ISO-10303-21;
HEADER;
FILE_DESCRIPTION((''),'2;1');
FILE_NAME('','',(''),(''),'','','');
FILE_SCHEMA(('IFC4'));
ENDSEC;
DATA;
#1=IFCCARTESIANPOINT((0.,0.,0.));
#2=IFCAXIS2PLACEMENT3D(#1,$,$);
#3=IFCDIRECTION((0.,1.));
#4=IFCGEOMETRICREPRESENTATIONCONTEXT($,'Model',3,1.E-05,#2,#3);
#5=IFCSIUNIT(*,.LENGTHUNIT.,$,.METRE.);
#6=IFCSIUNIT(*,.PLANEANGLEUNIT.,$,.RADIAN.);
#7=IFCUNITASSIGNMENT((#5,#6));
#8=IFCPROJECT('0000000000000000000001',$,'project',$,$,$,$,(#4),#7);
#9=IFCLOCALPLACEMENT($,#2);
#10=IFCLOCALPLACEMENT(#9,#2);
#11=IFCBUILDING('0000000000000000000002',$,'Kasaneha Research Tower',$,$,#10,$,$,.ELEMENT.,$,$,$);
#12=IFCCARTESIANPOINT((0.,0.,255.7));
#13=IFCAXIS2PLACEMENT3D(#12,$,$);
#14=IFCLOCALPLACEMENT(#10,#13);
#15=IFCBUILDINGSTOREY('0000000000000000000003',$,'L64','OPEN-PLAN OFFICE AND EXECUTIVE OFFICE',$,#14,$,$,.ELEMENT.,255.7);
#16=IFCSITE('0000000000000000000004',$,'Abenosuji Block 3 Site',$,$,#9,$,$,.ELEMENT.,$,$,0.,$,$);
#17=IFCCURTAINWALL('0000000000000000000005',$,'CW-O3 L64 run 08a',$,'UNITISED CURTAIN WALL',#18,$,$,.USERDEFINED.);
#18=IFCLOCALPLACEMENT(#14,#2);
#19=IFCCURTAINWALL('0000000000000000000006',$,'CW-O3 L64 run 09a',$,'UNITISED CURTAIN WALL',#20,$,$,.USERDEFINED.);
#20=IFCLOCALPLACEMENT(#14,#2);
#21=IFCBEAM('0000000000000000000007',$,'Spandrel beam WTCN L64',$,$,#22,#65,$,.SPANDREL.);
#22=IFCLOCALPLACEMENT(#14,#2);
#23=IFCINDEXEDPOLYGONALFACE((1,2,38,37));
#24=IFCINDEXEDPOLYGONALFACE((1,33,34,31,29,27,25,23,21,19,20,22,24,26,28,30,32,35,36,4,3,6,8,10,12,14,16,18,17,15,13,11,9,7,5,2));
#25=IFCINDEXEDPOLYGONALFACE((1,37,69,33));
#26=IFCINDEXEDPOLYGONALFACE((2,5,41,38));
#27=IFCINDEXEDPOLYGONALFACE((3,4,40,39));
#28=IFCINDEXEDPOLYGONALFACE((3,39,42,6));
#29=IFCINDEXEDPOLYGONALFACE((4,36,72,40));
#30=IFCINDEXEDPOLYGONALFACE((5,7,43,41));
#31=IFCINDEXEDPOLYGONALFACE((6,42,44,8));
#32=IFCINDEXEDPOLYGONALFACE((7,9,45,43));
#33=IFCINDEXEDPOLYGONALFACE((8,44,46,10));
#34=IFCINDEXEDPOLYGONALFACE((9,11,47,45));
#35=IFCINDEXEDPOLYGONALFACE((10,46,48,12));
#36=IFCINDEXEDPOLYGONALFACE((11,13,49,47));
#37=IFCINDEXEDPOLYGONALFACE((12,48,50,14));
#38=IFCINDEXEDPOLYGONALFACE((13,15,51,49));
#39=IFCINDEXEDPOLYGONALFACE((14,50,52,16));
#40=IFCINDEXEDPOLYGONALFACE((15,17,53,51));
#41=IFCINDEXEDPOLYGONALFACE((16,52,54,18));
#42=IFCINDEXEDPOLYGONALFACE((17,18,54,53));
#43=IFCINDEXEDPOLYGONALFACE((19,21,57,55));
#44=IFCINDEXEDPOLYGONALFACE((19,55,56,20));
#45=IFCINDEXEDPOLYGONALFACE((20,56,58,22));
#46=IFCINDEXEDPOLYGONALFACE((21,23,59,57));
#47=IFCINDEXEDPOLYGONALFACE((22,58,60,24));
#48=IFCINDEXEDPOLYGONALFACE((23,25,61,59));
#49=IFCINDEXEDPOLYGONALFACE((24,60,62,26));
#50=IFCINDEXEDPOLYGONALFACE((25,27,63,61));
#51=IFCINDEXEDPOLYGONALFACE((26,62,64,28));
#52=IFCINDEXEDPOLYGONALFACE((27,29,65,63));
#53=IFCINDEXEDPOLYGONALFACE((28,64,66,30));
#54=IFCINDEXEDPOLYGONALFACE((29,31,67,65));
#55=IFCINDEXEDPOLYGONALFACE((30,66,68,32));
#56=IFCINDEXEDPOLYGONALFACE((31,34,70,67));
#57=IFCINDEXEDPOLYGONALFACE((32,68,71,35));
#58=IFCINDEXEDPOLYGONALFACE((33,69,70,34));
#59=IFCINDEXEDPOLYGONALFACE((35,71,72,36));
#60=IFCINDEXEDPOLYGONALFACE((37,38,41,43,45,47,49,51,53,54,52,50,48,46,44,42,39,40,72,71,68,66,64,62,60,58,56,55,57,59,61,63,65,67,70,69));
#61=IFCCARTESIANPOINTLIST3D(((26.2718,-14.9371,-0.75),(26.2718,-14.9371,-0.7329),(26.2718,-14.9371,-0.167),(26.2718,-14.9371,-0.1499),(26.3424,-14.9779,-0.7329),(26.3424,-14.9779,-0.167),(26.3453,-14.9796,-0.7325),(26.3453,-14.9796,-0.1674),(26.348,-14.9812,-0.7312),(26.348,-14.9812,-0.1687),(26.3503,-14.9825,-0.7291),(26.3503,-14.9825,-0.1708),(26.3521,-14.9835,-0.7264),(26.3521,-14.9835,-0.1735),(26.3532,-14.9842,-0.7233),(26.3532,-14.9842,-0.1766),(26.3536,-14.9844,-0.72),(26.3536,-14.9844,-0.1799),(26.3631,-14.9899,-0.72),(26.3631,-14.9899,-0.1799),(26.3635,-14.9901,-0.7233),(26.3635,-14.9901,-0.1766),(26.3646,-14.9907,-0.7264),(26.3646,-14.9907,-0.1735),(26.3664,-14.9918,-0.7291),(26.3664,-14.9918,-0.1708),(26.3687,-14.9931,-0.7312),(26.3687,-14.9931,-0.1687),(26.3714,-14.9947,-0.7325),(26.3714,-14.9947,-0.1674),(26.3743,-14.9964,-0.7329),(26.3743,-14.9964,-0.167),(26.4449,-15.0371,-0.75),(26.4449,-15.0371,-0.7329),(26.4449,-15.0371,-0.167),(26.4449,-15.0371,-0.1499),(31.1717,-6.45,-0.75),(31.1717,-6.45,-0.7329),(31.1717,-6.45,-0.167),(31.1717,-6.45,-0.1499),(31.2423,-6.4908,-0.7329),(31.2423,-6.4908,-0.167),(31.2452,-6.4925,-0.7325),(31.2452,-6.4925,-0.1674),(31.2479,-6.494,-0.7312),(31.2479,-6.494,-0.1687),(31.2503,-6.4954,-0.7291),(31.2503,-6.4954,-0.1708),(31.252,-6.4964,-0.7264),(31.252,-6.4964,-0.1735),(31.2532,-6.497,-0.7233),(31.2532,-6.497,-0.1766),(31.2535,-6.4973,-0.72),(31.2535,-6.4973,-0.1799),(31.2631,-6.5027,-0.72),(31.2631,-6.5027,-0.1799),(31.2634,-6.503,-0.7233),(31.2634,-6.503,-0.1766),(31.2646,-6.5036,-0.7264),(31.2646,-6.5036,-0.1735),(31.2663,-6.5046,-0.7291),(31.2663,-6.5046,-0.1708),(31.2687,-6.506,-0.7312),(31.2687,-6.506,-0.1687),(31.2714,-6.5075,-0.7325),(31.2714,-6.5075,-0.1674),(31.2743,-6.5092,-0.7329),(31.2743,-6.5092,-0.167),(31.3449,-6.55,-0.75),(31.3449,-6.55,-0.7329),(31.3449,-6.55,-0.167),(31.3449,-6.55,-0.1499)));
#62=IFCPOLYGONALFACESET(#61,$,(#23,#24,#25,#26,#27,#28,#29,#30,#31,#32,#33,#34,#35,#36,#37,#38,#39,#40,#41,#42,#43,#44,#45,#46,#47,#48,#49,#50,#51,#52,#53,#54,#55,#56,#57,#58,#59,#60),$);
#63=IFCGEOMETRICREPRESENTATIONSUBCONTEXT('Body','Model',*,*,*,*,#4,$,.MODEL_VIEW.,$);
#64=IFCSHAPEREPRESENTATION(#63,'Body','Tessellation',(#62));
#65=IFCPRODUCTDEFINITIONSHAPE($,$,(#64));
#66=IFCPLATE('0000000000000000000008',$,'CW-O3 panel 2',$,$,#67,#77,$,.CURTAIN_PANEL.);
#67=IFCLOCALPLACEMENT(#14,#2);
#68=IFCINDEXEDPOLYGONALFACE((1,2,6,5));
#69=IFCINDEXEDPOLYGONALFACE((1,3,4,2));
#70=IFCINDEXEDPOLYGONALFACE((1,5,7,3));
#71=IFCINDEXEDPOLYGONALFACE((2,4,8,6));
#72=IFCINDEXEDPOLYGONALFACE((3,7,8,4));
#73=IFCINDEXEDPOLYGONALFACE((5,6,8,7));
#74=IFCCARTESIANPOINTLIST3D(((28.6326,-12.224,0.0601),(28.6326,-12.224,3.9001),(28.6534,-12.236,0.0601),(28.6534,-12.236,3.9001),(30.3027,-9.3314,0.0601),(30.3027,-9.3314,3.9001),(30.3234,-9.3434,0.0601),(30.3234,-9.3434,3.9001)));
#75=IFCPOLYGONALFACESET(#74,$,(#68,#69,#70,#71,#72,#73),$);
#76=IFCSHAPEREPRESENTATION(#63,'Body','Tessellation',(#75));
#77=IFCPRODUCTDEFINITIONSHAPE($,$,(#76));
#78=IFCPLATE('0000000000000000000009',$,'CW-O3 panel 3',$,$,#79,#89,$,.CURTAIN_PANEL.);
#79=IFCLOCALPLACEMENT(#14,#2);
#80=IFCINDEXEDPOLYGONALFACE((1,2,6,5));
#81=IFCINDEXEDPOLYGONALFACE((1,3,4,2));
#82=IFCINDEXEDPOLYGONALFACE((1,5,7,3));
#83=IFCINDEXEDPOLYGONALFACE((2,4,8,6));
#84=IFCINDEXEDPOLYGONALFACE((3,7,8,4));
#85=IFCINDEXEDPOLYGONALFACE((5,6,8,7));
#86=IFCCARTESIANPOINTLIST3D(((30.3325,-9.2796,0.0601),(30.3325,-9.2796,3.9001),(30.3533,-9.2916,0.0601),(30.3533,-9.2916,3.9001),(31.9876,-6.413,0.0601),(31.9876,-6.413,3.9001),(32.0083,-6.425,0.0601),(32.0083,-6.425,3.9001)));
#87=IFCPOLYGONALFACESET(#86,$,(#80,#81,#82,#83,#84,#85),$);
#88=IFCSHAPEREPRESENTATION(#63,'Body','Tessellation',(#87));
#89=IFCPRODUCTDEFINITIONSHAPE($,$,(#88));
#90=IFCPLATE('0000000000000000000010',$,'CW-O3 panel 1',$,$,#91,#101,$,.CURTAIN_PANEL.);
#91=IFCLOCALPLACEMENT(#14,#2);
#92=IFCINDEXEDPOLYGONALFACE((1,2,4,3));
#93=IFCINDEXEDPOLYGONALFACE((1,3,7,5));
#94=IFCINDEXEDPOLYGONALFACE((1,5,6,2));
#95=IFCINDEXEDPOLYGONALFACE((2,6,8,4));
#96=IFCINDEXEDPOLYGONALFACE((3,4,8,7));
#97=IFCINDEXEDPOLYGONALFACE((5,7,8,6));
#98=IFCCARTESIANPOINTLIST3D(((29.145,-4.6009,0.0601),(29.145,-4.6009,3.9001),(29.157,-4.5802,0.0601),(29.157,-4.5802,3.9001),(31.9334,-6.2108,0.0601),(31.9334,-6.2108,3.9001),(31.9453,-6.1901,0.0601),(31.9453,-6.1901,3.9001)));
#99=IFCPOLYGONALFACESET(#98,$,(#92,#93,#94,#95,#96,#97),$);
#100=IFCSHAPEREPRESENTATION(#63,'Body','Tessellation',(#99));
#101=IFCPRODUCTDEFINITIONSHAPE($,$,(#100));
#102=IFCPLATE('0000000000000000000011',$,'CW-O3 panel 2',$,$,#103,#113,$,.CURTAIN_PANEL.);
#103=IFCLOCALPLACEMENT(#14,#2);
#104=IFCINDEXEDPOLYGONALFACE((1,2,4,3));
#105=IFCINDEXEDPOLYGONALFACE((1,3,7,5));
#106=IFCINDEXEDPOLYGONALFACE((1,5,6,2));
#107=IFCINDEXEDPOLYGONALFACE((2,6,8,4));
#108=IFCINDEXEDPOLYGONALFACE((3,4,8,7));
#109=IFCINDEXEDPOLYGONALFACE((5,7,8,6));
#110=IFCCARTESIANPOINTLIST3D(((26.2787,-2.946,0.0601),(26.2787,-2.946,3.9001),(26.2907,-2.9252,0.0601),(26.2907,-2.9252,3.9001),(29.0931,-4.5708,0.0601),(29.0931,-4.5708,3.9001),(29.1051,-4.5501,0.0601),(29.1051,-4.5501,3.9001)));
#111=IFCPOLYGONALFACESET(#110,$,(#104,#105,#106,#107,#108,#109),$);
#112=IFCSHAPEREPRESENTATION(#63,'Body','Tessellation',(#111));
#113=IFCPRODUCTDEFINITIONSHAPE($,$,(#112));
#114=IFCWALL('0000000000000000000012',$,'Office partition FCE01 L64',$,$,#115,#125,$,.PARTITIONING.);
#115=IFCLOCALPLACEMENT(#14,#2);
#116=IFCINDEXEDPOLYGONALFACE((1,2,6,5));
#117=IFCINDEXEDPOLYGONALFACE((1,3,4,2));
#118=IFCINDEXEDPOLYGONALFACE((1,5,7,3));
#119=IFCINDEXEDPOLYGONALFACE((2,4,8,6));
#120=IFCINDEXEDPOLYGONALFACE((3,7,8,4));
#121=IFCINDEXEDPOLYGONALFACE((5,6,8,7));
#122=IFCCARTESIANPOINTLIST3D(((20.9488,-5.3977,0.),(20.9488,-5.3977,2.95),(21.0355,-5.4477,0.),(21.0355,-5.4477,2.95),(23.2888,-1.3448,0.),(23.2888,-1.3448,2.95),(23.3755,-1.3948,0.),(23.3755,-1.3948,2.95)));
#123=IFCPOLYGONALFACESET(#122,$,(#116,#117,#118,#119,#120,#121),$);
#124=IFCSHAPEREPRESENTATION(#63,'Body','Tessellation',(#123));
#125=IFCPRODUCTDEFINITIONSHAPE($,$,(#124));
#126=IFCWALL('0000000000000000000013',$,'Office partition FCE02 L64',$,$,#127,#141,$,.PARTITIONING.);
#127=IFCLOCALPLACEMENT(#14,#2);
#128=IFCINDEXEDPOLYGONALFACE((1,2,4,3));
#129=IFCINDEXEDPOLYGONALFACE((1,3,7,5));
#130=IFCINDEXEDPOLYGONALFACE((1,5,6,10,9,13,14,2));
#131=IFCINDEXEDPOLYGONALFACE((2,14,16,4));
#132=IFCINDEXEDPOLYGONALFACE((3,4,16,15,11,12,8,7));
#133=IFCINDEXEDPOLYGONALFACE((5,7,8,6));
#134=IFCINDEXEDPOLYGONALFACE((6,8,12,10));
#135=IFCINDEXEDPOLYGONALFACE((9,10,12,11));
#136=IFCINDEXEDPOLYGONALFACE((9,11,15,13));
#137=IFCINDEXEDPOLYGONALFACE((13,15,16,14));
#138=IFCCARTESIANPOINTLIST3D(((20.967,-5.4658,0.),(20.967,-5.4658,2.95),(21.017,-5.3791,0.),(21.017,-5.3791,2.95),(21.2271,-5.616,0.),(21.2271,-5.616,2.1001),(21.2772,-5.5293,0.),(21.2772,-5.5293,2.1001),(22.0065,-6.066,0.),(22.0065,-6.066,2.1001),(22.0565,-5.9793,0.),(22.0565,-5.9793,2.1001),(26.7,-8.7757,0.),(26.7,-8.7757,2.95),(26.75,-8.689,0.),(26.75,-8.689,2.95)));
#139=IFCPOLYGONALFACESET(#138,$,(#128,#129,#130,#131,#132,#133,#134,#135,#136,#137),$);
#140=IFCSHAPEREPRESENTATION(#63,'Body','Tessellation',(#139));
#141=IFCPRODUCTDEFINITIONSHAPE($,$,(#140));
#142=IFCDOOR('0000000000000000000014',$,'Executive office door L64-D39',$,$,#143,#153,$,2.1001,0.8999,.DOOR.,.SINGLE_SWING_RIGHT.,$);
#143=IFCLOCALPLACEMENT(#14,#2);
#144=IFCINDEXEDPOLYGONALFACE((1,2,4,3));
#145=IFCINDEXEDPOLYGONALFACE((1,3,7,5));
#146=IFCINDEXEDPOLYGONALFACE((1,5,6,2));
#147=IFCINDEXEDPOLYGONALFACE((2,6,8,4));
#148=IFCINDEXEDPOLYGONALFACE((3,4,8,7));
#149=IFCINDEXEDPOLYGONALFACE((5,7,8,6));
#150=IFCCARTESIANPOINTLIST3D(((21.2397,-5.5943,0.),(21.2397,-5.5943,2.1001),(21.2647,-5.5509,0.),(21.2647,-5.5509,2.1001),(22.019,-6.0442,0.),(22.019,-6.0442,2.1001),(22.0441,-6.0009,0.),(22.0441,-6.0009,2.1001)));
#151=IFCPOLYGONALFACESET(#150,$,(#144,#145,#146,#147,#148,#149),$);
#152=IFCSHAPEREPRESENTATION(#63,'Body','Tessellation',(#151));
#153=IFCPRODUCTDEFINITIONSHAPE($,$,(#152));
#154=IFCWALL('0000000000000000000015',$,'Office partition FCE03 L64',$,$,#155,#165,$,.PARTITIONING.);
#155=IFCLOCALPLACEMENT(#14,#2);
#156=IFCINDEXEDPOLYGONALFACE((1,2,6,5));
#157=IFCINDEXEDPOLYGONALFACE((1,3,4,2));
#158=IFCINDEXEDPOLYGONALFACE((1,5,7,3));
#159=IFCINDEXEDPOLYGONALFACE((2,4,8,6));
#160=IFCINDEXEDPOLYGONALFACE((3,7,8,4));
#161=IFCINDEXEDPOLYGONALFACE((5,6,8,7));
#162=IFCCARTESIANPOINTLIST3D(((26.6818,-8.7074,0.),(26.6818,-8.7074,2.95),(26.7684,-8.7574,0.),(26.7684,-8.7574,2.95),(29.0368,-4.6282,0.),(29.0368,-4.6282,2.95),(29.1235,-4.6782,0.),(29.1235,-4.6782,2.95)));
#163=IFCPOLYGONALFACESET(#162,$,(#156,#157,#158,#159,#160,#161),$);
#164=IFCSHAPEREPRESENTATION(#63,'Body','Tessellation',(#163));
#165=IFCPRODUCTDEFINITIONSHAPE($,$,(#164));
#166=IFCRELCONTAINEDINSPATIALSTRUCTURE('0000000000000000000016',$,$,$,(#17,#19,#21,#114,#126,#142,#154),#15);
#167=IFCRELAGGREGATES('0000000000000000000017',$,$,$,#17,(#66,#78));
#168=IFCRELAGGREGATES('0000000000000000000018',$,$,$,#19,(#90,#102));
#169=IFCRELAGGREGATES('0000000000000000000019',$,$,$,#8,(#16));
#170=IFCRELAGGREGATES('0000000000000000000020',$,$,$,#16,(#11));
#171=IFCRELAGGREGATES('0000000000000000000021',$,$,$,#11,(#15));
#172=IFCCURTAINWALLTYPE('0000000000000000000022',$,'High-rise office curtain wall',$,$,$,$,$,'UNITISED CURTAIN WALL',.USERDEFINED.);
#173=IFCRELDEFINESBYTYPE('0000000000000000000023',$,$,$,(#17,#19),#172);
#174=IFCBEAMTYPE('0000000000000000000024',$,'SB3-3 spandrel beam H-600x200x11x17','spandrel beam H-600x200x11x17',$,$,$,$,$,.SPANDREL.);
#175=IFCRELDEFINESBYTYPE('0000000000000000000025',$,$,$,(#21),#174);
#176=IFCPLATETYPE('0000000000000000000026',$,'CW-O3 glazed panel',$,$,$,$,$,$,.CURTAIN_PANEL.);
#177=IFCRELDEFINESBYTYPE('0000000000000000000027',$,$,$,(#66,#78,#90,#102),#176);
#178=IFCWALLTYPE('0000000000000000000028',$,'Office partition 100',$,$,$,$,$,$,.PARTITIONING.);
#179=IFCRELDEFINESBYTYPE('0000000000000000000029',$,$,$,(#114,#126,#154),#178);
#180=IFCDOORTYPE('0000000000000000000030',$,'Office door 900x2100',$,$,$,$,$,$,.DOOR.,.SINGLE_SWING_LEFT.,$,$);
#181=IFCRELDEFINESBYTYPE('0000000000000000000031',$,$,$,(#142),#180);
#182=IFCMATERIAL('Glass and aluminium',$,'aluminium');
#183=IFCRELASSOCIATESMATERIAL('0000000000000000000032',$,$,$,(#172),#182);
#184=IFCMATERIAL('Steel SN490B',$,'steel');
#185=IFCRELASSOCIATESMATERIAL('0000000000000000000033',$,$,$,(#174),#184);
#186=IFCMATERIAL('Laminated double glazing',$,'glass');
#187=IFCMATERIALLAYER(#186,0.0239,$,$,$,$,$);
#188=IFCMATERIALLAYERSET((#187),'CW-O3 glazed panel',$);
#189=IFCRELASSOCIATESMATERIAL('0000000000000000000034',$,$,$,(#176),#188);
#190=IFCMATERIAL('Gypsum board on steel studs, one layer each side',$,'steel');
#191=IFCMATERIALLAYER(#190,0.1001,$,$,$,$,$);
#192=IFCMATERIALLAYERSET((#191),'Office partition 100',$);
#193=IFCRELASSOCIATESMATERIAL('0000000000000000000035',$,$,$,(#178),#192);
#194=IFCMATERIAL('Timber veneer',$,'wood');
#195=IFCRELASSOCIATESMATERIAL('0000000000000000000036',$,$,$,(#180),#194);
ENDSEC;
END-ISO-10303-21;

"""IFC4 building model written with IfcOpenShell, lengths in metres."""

from ifc_helpers import new_model, si_unit, direction, frame, frame_2d, origin, origin_2d, place, context, subcontext, project, spatial, rectangle, i_section, extrude, material, layer, layer_set, material_profile, profile_set, type_object, element, fill, aggregate, save


model = new_model("IFC4")

# Units and contexts
model_context = context("Model", 3, precision=1e-05, world=origin(), true_north=direction((0.0, 1.0)))
body_context = subcontext(model_context, "Body", "Model", "MODEL_VIEW")
ifc_project = project(units=[si_unit("LENGTHUNIT", "METRE"), si_unit("PLANEANGLEUNIT", "RADIAN")], contexts=[model_context])

# Site, building, storey
site_placement = place(None, origin())
site = spatial("IfcSite", under=ifc_project, at=site_placement, Name="Abenosuji Block 3 Site", CompositionType="ELEMENT", RefElevation=0.0)
building_placement = place(site_placement, origin())
building = spatial("IfcBuilding", under=site, at=building_placement, Name="Kasaneha Research Tower", CompositionType="ELEMENT")
storey_placement = place(building_placement, frame((0.0, 0.0, 255.7)))
storey = spatial("IfcBuildingStorey", under=building, at=storey_placement, Name="L64", Description="OPEN-PLAN OFFICE AND EXECUTIVE OFFICE", CompositionType="ELEMENT", Elevation=255.7)

# Curtain walls
ifc_material_1 = material(Name="Glass and aluminium", Category="aluminium")
curtain_wall_type = type_object("IfcCurtainWallType", Name="High-rise office curtain wall", ElementType="UNITISED CURTAIN WALL", PredefinedType="USERDEFINED", material=ifc_material_1)
curtain_wall_1_placement = place(storey_placement, origin())
curtain_wall_1 = element("IfcCurtainWall", 1, at=curtain_wall_1_placement, inside=storey, type_object=curtain_wall_type, Name="CW-O3 L64 run 08a", ObjectType="UNITISED CURTAIN WALL", PredefinedType="USERDEFINED")
curtain_wall_2_placement = place(storey_placement, origin())
curtain_wall_2 = element("IfcCurtainWall", 2, at=curtain_wall_2_placement, inside=storey, type_object=curtain_wall_type, Name="CW-O3 L64 run 09a", ObjectType="UNITISED CURTAIN WALL", PredefinedType="USERDEFINED")

# Beam
ifc_material_2 = material(Name="Steel SN490B", Category="steel")
ifc_material_profile_1 = material_profile(ifc_material_2, i_section(OverallWidth=0.2, OverallDepth=0.6001, WebThickness=0.011, FlangeThickness=0.0171, FilletRadius=0.0129, at=origin_2d()), Name="H-600x200x11x17")
ifc_profile_set_1 = profile_set([ifc_material_profile_1], Name="Steel SN490B")
beam_type_1 = type_object("IfcBeamType", Name="SB3-3 spandrel beam H-600x200x11x17", Description="spandrel beam H-600x200x11x17", PredefinedType="SPANDREL", material=ifc_profile_set_1)
beam_1_placement = place(storey_placement, frame((31.2583, -6.5, -0.45), z_axis=(-0.499992, -0.86603, 0.0), x_axis=(0.86603, -0.499992, 0.0)))
element("IfcBeam", 3, at=beam_1_placement, inside=storey, type_object=beam_type_1, Name="Spandrel beam WTCN L64", PredefinedType="SPANDREL", context=body_context, shape_type="SweptSolid", body=[
    extrude(i_section(OverallWidth=0.2, OverallDepth=0.6001, WebThickness=0.011, FlangeThickness=0.0171, FilletRadius=0.0129, at=origin_2d()), origin(), (0.0, 0.0, 1.0), 9.8),
])

# Plates
ifc_material_3 = material(Name="Laminated double glazing", Category="glass")
ifc_layer_1 = layer(ifc_material_3, 0.0239)
ifc_layer_set_1 = layer_set([ifc_layer_1], Name="CW-O3 glazed panel")
plate_type = type_object("IfcPlateType", Name="CW-O3 glazed panel", PredefinedType="CURTAIN_PANEL", material=ifc_layer_set_1)
plate_1_placement = place(storey_placement, frame((29.478, -10.7837, 0.0601), z_axis=(0.0, 0.0, 1.0), x_axis=(0.5, 0.866025, 0.0)))
plate_1 = element("IfcPlate", 4, at=plate_1_placement, type_object=plate_type, Name="CW-O3 panel 2", PredefinedType="CURTAIN_PANEL", context=body_context, shape_type="SweptSolid", body=[
    extrude(rectangle(XDim=3.3401, YDim=0.0239, at=origin_2d()), origin(), (0.0, 0.0, 1.0), 3.8401),
])
plate_2_placement = place(storey_placement, frame((31.1704, -7.8523, 0.0601), z_axis=(0.0, 0.0, 1.0), x_axis=(0.5, 0.866025, 0.0)))
plate_2 = element("IfcPlate", 5, at=plate_2_placement, type_object=plate_type, Name="CW-O3 panel 3", PredefinedType="CURTAIN_PANEL", context=body_context, shape_type="SweptSolid", body=[
    extrude(rectangle(XDim=3.3101, YDim=0.0239, at=origin_2d()), origin(), (0.0, 0.0, 1.0), 3.8401),
])
aggregate(curtain_wall_1, [plate_1, plate_2])
plate_3_placement = place(storey_placement, frame((30.5452, -5.3955, 0.0601), z_axis=(0.0, 0.0, 1.0), x_axis=(-0.866025, 0.5, 0.0)))
plate_3 = element("IfcPlate", 6, at=plate_3_placement, type_object=plate_type, Name="CW-O3 panel 1", PredefinedType="CURTAIN_PANEL", context=body_context, shape_type="SweptSolid", body=[
    extrude(rectangle(XDim=3.2197, YDim=0.0239, at=origin_2d()), origin(), (0.0, 0.0, 1.0), 3.8401),
])
plate_4_placement = place(storey_placement, frame((27.6919, -3.748, 0.0601), z_axis=(0.0, 0.0, 1.0), x_axis=(-0.866025, 0.5, 0.0)))
plate_4 = element("IfcPlate", 7, at=plate_4_placement, type_object=plate_type, Name="CW-O3 panel 2", PredefinedType="CURTAIN_PANEL", context=body_context, shape_type="SweptSolid", body=[
    extrude(rectangle(XDim=3.2498, YDim=0.0239, at=origin_2d()), origin(), (0.0, 0.0, 1.0), 3.8401),
])
aggregate(curtain_wall_2, [plate_3, plate_4])

# Wall
ifc_material_4 = material(Name="Gypsum board on steel studs, one layer each side", Category="steel")
ifc_layer_2 = layer(ifc_material_4, 0.1001)
ifc_layer_set_2 = layer_set([ifc_layer_2], Name="Office partition 100")
wall_type = type_object("IfcWallType", Name="Office partition 100", PredefinedType="PARTITIONING", material=ifc_layer_set_2)
wall_1_placement = place(storey_placement, frame((20.9922, -5.4226, 0.0), z_axis=(0.0, 0.0, 1.0), x_axis=(0.500016, 0.866016, 0.0)))
element("IfcWall", 8, at=wall_1_placement, inside=storey, type_object=wall_type, Name="Office partition FCE01 L64", PredefinedType="PARTITIONING", context=body_context, shape_type="SweptSolid", body=[
    extrude(rectangle(XDim=4.6799, YDim=0.1001, at=frame_2d((2.3398, 0.0))), origin(), (0.0, 0.0, 1.0), 2.95),
])

# Wall, opening, door
wall_2_placement = place(storey_placement, frame((26.7251, -8.7324, 0.0), z_axis=(0.0, 0.0, 1.0), x_axis=(-0.866031, 0.499991, 0.0)))
wall_2 = element("IfcWall", 9, at=wall_2_placement, inside=storey, type_object=wall_type, Name="Office partition FCE02 L64", PredefinedType="PARTITIONING", context=body_context, shape_type="SweptSolid", body=[
    extrude(rectangle(XDim=6.6199, YDim=0.1001, at=frame_2d((3.3101, 0.0))), origin(), (0.0, 0.0, 1.0), 2.95),
])
opening_1_placement = place(wall_2_placement, frame((5.4197, 0.0, 0.0)))
opening_1 = element("IfcOpeningElement", 10, at=opening_1_placement, cuts=wall_2, PredefinedType="OPENING", context=body_context, shape_type="SweptSolid", body=[
    extrude(rectangle(XDim=0.8999, YDim=2.1001, at=frame_2d((0.45, 1.05))), frame((0.0, 0.0601, 0.0), z_axis=(0.0, -1.0, 0.0), x_axis=(1.0, 0.0, 0.0)), (0.0, 0.0, 1.0), 0.1201),
])
ifc_material_5 = material(Name="Timber veneer", Category="wood")
door_type = type_object("IfcDoorType", Name="Office door 900x2100", OperationType="SINGLE_SWING_LEFT", PredefinedType="DOOR", material=ifc_material_5)
door_1_placement = place(opening_1_placement, origin())
door_1 = element("IfcDoor", 11, at=door_1_placement, inside=storey, type_object=door_type, Name="Executive office door L64-D39", OperationType="SINGLE_SWING_RIGHT", OverallHeight=2.1001, OverallWidth=0.8999, PredefinedType="DOOR", context=body_context, shape_type="SweptSolid", body=[
    extrude(rectangle(XDim=0.8999, YDim=2.1001, at=frame_2d((0.45, 1.05))), frame((0.0, 0.0249, 0.0), z_axis=(0.0, -1.0, 0.0), x_axis=(1.0, 0.0, 0.0)), (0.0, 0.0, 1.0), 0.05),
])
fill(opening_1, door_1)

# Wall
wall_3_placement = place(storey_placement, frame((29.0801, -4.6533, 0.0), z_axis=(0.0, 0.0, 1.0), x_axis=(-0.499986, -0.866034, 0.0)))
element("IfcWall", 12, at=wall_3_placement, inside=storey, type_object=wall_type, Name="Office partition FCE03 L64", PredefinedType="PARTITIONING", context=body_context, shape_type="SweptSolid", body=[
    extrude(rectangle(XDim=4.7102, YDim=0.1001, at=frame_2d((2.355, 0.0))), origin(), (0.0, 0.0, 1.0), 2.95),
])

save(model, "model.ifc")
